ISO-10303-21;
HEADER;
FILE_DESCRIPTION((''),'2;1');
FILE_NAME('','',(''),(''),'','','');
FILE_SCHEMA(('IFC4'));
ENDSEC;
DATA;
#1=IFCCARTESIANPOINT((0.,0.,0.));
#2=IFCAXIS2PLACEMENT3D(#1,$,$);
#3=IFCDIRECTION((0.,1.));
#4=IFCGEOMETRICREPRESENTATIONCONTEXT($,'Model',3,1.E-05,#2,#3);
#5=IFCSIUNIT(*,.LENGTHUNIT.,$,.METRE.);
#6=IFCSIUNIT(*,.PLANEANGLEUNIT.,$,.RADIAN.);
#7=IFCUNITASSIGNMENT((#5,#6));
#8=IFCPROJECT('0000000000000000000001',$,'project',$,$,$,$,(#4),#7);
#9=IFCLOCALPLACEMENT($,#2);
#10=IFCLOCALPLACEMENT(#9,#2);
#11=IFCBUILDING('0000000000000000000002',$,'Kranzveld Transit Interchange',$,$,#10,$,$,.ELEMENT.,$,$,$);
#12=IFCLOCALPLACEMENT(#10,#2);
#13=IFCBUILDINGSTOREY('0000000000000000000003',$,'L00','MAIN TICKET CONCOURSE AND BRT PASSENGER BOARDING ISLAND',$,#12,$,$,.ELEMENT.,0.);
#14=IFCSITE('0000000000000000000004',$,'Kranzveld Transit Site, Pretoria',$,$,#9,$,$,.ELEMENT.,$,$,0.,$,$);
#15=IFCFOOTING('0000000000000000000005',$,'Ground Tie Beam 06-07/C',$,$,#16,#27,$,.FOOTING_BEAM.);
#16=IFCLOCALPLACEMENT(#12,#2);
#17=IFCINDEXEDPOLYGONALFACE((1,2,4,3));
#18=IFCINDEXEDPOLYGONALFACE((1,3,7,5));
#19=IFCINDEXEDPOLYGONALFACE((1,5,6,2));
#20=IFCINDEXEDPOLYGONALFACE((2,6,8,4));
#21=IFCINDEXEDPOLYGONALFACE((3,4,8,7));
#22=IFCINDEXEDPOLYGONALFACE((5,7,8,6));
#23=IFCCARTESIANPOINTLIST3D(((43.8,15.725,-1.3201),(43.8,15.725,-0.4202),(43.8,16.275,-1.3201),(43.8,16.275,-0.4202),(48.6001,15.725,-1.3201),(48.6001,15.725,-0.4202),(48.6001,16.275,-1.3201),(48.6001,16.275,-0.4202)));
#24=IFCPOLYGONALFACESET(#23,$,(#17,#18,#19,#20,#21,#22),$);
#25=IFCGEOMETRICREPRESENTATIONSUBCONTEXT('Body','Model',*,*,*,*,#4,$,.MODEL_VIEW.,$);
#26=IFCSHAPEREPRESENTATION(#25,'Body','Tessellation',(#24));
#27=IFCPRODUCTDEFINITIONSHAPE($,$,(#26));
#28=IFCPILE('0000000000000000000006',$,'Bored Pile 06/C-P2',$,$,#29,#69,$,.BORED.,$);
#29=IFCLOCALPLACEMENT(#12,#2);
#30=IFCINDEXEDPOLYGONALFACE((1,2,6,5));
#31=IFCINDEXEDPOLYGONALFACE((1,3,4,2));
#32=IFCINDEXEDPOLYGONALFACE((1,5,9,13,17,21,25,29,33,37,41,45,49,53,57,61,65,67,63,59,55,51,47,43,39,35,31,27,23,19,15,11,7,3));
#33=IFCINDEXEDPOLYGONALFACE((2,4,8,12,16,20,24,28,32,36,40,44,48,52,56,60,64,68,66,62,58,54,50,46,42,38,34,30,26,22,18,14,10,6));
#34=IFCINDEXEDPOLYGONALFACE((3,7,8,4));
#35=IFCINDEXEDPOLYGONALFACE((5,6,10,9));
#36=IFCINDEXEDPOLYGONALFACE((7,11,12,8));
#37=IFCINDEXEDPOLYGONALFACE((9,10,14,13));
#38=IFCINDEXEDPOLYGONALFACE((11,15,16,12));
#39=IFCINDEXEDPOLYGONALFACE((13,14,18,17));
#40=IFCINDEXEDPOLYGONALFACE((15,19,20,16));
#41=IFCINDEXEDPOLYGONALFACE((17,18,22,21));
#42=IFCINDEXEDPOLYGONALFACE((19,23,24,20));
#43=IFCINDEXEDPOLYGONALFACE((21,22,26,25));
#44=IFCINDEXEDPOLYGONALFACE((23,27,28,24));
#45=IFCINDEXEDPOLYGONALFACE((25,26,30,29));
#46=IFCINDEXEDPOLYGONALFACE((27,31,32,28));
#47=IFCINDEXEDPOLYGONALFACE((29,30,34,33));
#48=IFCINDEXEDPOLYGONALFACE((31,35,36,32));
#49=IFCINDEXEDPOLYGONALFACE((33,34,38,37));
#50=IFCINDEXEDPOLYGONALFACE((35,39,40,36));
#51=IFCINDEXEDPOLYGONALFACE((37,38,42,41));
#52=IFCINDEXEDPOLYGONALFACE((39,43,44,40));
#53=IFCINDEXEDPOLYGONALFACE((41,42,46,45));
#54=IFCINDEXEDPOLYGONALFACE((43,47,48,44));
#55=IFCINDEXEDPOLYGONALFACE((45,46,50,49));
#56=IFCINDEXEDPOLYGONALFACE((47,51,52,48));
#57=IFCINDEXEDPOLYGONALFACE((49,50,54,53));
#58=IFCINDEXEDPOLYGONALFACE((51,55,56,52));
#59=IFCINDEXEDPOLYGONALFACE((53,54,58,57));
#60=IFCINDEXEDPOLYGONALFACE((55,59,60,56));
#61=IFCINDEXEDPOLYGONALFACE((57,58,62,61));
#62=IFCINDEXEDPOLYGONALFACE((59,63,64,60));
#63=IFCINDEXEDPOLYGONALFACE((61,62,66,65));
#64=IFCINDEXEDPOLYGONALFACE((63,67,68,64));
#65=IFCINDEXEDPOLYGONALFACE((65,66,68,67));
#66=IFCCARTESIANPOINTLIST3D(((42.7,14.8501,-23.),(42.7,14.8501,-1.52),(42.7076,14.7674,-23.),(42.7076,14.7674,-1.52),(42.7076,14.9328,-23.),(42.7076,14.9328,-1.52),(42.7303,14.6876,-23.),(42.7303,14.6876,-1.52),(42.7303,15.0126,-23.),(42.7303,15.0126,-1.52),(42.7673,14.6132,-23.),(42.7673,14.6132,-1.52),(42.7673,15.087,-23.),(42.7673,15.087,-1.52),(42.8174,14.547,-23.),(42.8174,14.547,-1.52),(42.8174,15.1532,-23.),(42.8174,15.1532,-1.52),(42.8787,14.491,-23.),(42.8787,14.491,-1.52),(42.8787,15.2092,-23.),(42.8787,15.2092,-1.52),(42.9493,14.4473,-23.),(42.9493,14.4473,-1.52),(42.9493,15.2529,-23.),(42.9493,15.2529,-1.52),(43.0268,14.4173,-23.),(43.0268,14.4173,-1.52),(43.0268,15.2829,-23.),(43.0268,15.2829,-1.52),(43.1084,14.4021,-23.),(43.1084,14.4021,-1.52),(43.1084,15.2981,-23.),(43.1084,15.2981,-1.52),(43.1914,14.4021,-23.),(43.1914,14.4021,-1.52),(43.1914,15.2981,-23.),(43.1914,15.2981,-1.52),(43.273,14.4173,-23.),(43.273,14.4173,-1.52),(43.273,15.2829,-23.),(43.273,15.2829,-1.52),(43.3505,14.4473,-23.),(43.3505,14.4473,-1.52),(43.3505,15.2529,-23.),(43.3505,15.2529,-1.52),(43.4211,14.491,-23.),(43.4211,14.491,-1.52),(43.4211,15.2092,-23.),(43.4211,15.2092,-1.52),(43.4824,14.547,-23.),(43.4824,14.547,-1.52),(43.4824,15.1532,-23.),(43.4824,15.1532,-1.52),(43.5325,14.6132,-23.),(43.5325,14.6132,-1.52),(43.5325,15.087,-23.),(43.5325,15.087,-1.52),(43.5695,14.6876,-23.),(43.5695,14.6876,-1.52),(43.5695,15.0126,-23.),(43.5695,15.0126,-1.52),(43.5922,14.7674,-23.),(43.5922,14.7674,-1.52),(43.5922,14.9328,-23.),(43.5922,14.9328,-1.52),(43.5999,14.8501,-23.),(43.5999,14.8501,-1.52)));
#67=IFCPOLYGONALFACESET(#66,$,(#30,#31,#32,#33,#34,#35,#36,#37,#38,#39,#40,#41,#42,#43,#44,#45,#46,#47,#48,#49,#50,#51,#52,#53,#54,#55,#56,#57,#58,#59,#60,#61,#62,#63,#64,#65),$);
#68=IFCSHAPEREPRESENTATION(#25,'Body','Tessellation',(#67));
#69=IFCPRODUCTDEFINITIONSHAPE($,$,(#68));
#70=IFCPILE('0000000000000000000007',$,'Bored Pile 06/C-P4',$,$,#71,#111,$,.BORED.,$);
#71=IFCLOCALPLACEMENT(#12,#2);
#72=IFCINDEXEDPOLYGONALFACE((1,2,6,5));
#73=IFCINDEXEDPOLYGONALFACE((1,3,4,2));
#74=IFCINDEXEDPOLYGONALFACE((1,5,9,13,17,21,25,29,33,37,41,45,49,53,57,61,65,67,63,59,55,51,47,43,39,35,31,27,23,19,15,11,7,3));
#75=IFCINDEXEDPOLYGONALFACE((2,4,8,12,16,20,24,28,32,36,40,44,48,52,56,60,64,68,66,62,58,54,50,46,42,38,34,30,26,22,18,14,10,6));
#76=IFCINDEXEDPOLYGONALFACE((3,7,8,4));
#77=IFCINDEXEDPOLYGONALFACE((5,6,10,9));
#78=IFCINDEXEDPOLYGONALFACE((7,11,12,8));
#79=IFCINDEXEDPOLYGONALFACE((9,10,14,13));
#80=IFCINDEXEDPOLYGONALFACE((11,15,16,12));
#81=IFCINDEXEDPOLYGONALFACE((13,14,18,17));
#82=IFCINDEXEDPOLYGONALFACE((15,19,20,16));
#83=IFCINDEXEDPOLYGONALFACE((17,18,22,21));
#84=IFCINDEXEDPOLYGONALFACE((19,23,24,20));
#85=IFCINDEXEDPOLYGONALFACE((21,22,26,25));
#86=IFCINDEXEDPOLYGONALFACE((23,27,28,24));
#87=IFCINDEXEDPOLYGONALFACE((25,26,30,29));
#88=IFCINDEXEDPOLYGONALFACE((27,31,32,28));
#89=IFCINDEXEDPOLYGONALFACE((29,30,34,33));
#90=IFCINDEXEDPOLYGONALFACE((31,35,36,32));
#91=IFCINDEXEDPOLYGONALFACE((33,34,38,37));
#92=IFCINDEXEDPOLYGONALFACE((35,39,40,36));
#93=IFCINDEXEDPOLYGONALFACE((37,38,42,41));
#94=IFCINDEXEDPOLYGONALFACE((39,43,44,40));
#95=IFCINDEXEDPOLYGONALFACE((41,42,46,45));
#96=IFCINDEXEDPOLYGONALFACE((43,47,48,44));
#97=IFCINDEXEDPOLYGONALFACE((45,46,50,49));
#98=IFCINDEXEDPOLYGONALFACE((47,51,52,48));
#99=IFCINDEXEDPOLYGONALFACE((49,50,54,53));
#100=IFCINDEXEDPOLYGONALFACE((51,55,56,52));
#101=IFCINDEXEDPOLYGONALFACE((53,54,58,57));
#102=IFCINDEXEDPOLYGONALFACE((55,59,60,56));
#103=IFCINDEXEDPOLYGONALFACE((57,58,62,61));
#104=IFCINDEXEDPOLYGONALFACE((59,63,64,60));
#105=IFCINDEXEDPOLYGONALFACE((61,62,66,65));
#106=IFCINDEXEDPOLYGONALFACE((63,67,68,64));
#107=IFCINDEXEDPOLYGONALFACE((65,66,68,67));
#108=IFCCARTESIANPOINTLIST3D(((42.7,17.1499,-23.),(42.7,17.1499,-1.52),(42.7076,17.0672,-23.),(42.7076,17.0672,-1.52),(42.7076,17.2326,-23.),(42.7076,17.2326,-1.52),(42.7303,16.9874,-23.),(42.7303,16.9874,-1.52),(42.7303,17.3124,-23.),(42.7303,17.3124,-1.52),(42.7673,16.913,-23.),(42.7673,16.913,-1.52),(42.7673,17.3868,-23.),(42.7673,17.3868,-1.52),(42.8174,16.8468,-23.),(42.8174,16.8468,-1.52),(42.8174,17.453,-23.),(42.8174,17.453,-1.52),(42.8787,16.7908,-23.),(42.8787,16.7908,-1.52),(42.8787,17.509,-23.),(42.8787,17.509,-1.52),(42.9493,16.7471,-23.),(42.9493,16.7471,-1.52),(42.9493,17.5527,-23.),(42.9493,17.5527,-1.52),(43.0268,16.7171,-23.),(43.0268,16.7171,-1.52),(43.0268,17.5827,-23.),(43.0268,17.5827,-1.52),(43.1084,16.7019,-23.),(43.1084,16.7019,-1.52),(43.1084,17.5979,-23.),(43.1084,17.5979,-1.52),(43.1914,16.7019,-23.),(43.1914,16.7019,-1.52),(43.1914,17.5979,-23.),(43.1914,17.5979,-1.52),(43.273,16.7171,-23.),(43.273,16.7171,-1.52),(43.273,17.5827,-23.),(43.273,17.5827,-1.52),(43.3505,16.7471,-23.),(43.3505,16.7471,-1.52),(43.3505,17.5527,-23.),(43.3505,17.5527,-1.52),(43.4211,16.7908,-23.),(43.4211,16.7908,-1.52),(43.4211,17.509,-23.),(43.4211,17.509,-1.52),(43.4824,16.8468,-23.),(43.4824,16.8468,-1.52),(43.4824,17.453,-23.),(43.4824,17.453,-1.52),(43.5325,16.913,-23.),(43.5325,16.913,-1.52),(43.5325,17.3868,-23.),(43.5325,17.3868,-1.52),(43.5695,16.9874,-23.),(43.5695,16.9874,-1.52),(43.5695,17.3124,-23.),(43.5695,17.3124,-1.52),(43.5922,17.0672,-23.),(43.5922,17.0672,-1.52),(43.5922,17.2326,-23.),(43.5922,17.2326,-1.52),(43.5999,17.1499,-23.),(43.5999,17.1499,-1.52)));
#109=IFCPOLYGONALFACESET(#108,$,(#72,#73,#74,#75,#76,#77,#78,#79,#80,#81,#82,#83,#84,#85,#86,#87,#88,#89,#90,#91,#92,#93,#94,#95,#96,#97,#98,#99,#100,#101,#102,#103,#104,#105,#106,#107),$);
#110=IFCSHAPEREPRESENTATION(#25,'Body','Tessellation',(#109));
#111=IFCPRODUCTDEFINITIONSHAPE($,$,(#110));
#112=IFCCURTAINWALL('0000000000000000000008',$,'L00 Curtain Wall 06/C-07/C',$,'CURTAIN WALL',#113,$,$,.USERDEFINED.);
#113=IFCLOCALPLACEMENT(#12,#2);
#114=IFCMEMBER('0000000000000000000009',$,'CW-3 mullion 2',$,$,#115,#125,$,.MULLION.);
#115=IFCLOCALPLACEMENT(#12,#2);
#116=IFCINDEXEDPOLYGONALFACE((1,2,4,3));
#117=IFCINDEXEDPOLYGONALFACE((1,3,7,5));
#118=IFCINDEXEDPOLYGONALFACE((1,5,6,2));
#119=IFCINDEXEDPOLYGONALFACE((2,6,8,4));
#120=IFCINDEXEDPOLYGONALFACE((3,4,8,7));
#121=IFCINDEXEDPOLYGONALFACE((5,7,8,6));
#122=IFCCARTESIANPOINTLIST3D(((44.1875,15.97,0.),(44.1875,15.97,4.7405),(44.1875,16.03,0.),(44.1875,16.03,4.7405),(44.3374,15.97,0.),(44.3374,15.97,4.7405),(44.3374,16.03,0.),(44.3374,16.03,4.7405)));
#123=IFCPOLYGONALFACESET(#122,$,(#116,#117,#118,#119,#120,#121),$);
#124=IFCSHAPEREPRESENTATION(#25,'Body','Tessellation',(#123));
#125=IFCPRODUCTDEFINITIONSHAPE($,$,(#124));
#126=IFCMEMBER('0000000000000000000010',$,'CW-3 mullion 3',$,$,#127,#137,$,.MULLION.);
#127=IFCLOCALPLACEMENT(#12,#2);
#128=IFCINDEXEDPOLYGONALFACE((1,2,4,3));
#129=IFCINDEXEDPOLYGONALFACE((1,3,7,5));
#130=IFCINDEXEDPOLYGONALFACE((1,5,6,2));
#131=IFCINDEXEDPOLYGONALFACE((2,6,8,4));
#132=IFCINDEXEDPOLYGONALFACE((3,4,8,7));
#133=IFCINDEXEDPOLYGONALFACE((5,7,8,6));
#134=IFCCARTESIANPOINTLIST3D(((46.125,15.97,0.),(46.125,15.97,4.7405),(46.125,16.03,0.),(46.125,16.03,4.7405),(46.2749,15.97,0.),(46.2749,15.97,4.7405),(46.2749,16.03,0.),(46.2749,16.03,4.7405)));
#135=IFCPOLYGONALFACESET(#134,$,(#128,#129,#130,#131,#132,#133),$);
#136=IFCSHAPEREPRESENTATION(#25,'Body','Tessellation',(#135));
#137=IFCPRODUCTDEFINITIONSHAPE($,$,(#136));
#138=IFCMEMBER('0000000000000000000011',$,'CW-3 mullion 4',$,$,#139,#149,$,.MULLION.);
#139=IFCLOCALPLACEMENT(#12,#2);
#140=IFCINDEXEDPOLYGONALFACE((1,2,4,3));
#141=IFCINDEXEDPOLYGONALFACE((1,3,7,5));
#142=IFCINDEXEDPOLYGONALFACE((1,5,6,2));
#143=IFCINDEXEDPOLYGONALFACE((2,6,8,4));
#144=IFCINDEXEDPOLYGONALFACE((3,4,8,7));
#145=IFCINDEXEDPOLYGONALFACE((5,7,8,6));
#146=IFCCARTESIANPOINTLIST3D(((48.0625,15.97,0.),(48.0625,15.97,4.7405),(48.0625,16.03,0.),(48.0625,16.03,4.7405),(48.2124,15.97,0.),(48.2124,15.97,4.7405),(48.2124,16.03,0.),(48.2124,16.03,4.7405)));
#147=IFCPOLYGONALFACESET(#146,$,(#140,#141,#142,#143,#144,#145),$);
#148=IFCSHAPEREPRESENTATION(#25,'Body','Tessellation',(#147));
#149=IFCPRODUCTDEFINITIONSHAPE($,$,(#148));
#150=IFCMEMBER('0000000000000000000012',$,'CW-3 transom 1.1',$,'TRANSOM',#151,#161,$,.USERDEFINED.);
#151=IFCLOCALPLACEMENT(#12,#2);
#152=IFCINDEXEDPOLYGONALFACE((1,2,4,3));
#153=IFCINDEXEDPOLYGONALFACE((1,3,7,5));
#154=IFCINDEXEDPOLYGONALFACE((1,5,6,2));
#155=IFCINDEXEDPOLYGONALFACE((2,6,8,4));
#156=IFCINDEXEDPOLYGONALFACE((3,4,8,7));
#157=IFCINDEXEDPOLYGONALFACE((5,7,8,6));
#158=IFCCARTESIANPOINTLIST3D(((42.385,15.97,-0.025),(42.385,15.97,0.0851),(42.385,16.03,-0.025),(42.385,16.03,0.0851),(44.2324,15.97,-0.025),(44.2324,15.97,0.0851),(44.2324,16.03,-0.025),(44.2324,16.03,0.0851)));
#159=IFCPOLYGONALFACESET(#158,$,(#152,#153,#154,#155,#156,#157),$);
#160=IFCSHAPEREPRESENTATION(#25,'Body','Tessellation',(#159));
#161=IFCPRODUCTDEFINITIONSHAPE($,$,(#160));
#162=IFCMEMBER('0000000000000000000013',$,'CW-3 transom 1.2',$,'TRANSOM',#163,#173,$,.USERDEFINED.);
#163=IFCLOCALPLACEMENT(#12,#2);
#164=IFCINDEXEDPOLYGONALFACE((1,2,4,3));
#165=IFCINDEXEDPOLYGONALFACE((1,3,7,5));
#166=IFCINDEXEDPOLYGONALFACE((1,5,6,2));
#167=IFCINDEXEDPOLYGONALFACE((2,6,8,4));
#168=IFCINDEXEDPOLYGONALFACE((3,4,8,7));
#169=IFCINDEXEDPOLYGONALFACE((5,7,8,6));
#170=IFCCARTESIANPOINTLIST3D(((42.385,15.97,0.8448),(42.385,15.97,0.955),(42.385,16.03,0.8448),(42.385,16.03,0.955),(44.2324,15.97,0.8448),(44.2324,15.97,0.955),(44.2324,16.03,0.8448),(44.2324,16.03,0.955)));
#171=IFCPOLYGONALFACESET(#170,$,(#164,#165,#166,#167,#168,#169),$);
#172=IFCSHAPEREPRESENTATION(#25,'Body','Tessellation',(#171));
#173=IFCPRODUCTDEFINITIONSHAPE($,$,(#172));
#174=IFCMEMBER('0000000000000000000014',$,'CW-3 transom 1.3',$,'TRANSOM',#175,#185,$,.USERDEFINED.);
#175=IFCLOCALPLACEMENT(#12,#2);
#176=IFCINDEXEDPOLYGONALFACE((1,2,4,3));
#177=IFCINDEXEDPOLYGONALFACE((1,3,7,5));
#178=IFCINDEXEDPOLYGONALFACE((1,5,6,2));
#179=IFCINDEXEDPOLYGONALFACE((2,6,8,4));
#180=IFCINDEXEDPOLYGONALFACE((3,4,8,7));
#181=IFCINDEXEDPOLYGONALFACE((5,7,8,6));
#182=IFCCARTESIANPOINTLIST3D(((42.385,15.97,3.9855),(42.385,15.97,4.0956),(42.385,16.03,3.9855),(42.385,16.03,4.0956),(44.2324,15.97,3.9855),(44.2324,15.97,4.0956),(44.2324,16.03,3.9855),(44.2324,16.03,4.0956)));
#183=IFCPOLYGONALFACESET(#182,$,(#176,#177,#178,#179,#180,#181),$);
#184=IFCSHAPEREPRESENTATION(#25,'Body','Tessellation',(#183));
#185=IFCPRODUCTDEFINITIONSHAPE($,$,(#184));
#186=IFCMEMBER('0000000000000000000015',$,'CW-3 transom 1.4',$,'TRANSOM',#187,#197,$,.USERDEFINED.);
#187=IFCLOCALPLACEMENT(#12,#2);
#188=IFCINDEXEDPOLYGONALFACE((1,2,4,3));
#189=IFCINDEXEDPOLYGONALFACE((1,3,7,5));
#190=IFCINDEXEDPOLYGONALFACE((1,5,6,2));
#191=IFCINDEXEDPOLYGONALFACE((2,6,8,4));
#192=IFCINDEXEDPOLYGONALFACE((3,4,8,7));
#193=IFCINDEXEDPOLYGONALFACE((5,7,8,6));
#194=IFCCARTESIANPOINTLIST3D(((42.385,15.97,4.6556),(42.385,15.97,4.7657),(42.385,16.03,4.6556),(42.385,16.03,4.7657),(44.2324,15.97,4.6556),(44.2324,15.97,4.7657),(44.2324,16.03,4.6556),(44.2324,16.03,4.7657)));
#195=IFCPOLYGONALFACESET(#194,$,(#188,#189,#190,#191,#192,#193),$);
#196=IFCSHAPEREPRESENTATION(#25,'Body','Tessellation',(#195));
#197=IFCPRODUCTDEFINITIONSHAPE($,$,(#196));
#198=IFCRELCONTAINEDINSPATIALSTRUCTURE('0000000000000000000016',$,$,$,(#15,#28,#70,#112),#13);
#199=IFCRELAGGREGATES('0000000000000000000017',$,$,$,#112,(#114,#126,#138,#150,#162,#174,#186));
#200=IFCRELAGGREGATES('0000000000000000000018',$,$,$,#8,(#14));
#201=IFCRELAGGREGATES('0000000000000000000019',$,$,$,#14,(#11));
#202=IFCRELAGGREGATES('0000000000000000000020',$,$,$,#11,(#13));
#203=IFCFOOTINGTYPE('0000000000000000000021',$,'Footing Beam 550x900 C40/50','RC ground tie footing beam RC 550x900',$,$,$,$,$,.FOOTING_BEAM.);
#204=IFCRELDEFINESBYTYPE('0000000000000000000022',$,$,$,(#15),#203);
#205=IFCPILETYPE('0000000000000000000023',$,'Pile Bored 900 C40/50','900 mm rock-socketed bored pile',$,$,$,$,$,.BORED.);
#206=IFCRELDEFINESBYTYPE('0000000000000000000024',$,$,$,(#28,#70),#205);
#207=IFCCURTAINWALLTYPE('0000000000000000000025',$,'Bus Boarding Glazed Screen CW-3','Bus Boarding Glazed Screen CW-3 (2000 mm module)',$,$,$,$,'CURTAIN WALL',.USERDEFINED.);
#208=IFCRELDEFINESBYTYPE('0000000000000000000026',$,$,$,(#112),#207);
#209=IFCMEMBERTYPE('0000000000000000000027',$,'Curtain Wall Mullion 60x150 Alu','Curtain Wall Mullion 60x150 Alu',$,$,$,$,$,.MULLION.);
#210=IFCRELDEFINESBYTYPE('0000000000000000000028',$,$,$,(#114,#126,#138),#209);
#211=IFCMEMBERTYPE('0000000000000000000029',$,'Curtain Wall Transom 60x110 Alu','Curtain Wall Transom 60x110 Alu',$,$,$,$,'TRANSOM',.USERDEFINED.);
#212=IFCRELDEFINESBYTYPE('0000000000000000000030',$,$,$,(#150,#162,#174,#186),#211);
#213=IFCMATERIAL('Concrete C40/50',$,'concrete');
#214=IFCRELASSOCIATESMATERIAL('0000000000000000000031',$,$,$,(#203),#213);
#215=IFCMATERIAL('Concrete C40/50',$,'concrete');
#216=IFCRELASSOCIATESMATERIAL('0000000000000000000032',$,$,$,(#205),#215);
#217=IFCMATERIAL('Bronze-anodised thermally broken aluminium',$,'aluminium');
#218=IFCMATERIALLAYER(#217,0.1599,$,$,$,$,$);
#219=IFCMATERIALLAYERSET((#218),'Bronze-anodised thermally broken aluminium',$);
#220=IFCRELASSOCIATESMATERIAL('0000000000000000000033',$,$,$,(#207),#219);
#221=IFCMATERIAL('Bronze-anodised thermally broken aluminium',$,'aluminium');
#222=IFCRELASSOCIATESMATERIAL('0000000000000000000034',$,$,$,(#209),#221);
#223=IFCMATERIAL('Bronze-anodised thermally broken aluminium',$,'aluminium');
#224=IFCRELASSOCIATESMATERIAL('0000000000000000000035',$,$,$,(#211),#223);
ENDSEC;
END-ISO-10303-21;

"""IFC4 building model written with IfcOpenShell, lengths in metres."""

from ifc_helpers import new_model, si_unit, direction, frame, origin, origin_2d, place, context, subcontext, project, spatial, rectangle, circle, extrude, material, layer, layer_set, material_profile, profile_set, type_object, element, aggregate, save


model = new_model("IFC4")

# Units and contexts
model_context = context("Model", 3, precision=1e-05, world=origin(), true_north=direction((0.0, 1.0)))
body_context = subcontext(model_context, "Body", "Model", "MODEL_VIEW")
ifc_project = project(units=[si_unit("LENGTHUNIT", "METRE"), si_unit("PLANEANGLEUNIT", "RADIAN")], contexts=[model_context])

# Site, building, storey
site_placement = place(None, origin())
site = spatial("IfcSite", under=ifc_project, at=site_placement, Name="Kranzveld Transit Site, Pretoria", CompositionType="ELEMENT", RefElevation=0.0)
building_placement = place(site_placement, origin())
building = spatial("IfcBuilding", under=site, at=building_placement, Name="Kranzveld Transit Interchange", CompositionType="ELEMENT")
storey_placement = place(building_placement, origin())
storey = spatial("IfcBuildingStorey", under=building, at=storey_placement, Name="L00", Description="MAIN TICKET CONCOURSE AND BRT PASSENGER BOARDING ISLAND", CompositionType="ELEMENT", Elevation=0.0)

# Footing
ifc_material_1 = material(Name="Concrete C40/50", Category="concrete")
ifc_material_profile_1 = material_profile(ifc_material_1, rectangle(XDim=0.55, YDim=0.8999, at=origin_2d()), Name="RC 550x900")
ifc_profile_set_1 = profile_set([ifc_material_profile_1], Name="Concrete C40/50")
footing_type = type_object("IfcFootingType", Name="Footing Beam 550x900 C40/50", Description="RC ground tie footing beam RC 550x900", PredefinedType="FOOTING_BEAM", material=ifc_profile_set_1)
footing_placement = place(storey_placement, frame((43.8, 16.0, -0.8701), z_axis=(1.0, 0.0, 0.0), x_axis=(0.0, 1.0, 0.0)))
element("IfcFooting", 1, at=footing_placement, inside=storey, type_object=footing_type, Name="Ground Tie Beam 06-07/C", PredefinedType="FOOTING_BEAM", context=body_context, shape_type="SweptSolid", body=[
    extrude(rectangle(XDim=0.55, YDim=0.8999, at=origin_2d()), origin(), (0.0, 0.0, 1.0), 4.8),
])

# Piles
ifc_material_2 = material(Name="Concrete C40/50", Category="concrete")
ifc_material_profile_2 = material_profile(ifc_material_2, circle(Radius=0.45, at=origin_2d()), Name="BORED PILE 900")
ifc_profile_set_2 = profile_set([ifc_material_profile_2], Name="Concrete C40/50")
pile_type = type_object("IfcPileType", Name="Pile Bored 900 C40/50", Description="900 mm rock-socketed bored pile", PredefinedType="BORED", material=ifc_profile_set_2)
for number, where, z_axis, x_axis, name in (
    (2, (43.1499, 14.8501, -1.52), (0.0, 0.0, -1.0), (1.0, 0.0, 0.0), "Bored Pile 06/C-P2"),
    (3, (43.1499, 17.1499, -1.52), (0.0, 0.0, -1.0), (1.0, 0.0, 0.0), "Bored Pile 06/C-P4"),
):
    element("IfcPile", number, at=place(storey_placement, frame(where, z_axis=z_axis, x_axis=x_axis)), inside=storey, type_object=pile_type, Name=name, PredefinedType="BORED", context=body_context, shape_type="SweptSolid", body=[
        extrude(circle(Radius=0.45, at=origin_2d()), origin(), (0.0, 0.0, 1.0), 21.48),
    ])

# Curtain wall, members
ifc_material_3 = material(Name="Bronze-anodised thermally broken aluminium", Category="aluminium")
ifc_layer_1 = layer(ifc_material_3, 0.1599)
ifc_layer_set_1 = layer_set([ifc_layer_1], Name="Bronze-anodised thermally broken aluminium")
curtain_wall_type = type_object("IfcCurtainWallType", Name="Bus Boarding Glazed Screen CW-3", Description="Bus Boarding Glazed Screen CW-3 (2000 mm module)", ElementType="CURTAIN WALL", PredefinedType="USERDEFINED", material=ifc_layer_set_1)
curtain_wall_placement = place(storey_placement, origin())
curtain_wall = element("IfcCurtainWall", 4, at=curtain_wall_placement, inside=storey, type_object=curtain_wall_type, Name="L00 Curtain Wall 06/C-07/C", ObjectType="CURTAIN WALL", PredefinedType="USERDEFINED")
ifc_material_4 = material(Name="Bronze-anodised thermally broken aluminium", Category="aluminium")
ifc_material_profile_3 = material_profile(ifc_material_4, rectangle(XDim=0.0601, YDim=0.1499, at=origin_2d()), Name="ALU MULLION 60x150")
ifc_profile_set_3 = profile_set([ifc_material_profile_3], Name="Bronze-anodised thermally broken aluminium")
member_type_1 = type_object("IfcMemberType", Name="Curtain Wall Mullion 60x150 Alu", Description="Curtain Wall Mullion 60x150 Alu", PredefinedType="MULLION", material=ifc_profile_set_3)
member_1_placement = place(storey_placement, frame((44.2625, 16.0, 0.0), z_axis=(0.0, 0.0, 1.0), x_axis=(0.0, 1.0, 0.0)))
member_1 = element("IfcMember", 5, at=member_1_placement, type_object=member_type_1, Name="CW-3 mullion 2", PredefinedType="MULLION", context=body_context, shape_type="SweptSolid", body=[
    extrude(rectangle(XDim=0.0601, YDim=0.1499, at=origin_2d()), origin(), (0.0, 0.0, 1.0), 4.7405),
])
member_2_placement = place(storey_placement, frame((46.2, 16.0, 0.0), z_axis=(0.0, 0.0, 1.0), x_axis=(0.0, 1.0, 0.0)))
member_2 = element("IfcMember", 6, at=member_2_placement, type_object=member_type_1, Name="CW-3 mullion 3", PredefinedType="MULLION", context=body_context, shape_type="SweptSolid", body=[
    extrude(rectangle(XDim=0.0601, YDim=0.1499, at=origin_2d()), origin(), (0.0, 0.0, 1.0), 4.7405),
])
member_3_placement = place(storey_placement, frame((48.1375, 16.0, 0.0), z_axis=(0.0, 0.0, 1.0), x_axis=(0.0, 1.0, 0.0)))
member_3 = element("IfcMember", 7, at=member_3_placement, type_object=member_type_1, Name="CW-3 mullion 4", PredefinedType="MULLION", context=body_context, shape_type="SweptSolid", body=[
    extrude(rectangle(XDim=0.0601, YDim=0.1499, at=origin_2d()), origin(), (0.0, 0.0, 1.0), 4.7405),
])
ifc_material_5 = material(Name="Bronze-anodised thermally broken aluminium", Category="aluminium")
ifc_material_profile_4 = material_profile(ifc_material_5, rectangle(XDim=0.0601, YDim=0.1101, at=origin_2d()), Name="ALU TRANSOM 60x110")
ifc_profile_set_4 = profile_set([ifc_material_profile_4], Name="Bronze-anodised thermally broken aluminium")
member_type_2 = type_object("IfcMemberType", Name="Curtain Wall Transom 60x110 Alu", Description="Curtain Wall Transom 60x110 Alu", ElementType="TRANSOM", PredefinedType="USERDEFINED", material=ifc_profile_set_4)
member_4_placement = place(storey_placement, frame((42.385, 16.0, 0.03), z_axis=(1.0, 0.0, 0.0), x_axis=(0.0, 1.0, 0.0)))
member_4 = element("IfcMember", 8, at=member_4_placement, type_object=member_type_2, Name="CW-3 transom 1.1", ObjectType="TRANSOM", PredefinedType="USERDEFINED", context=body_context, shape_type="SweptSolid", body=[
    extrude(rectangle(XDim=0.0601, YDim=0.1101, at=origin_2d()), origin(), (0.0, 0.0, 1.0), 1.8474),
])
member_5_placement = place(storey_placement, frame((42.385, 16.0, 0.8999), z_axis=(1.0, 0.0, 0.0), x_axis=(0.0, 1.0, 0.0)))
member_5 = element("IfcMember", 9, at=member_5_placement, type_object=member_type_2, Name="CW-3 transom 1.2", ObjectType="TRANSOM", PredefinedType="USERDEFINED", context=body_context, shape_type="SweptSolid", body=[
    extrude(rectangle(XDim=0.0601, YDim=0.1101, at=origin_2d()), origin(), (0.0, 0.0, 1.0), 1.8474),
])
member_6_placement = place(storey_placement, frame((42.385, 16.0, 4.0405), z_axis=(1.0, 0.0, 0.0), x_axis=(0.0, 1.0, 0.0)))
member_6 = element("IfcMember", 10, at=member_6_placement, type_object=member_type_2, Name="CW-3 transom 1.3", ObjectType="TRANSOM", PredefinedType="USERDEFINED", context=body_context, shape_type="SweptSolid", body=[
    extrude(rectangle(XDim=0.0601, YDim=0.1101, at=origin_2d()), origin(), (0.0, 0.0, 1.0), 1.8474),
])
member_7_placement = place(storey_placement, frame((42.385, 16.0, 4.7107), z_axis=(1.0, 0.0, 0.0), x_axis=(0.0, 1.0, 0.0)))
member_7 = element("IfcMember", 11, at=member_7_placement, type_object=member_type_2, Name="CW-3 transom 1.4", ObjectType="TRANSOM", PredefinedType="USERDEFINED", context=body_context, shape_type="SweptSolid", body=[
    extrude(rectangle(XDim=0.0601, YDim=0.1101, at=origin_2d()), origin(), (0.0, 0.0, 1.0), 1.8474),
])
aggregate(curtain_wall, [member_1, member_2, member_3, member_4, member_5, member_6, member_7])

save(model, "model.ifc")
